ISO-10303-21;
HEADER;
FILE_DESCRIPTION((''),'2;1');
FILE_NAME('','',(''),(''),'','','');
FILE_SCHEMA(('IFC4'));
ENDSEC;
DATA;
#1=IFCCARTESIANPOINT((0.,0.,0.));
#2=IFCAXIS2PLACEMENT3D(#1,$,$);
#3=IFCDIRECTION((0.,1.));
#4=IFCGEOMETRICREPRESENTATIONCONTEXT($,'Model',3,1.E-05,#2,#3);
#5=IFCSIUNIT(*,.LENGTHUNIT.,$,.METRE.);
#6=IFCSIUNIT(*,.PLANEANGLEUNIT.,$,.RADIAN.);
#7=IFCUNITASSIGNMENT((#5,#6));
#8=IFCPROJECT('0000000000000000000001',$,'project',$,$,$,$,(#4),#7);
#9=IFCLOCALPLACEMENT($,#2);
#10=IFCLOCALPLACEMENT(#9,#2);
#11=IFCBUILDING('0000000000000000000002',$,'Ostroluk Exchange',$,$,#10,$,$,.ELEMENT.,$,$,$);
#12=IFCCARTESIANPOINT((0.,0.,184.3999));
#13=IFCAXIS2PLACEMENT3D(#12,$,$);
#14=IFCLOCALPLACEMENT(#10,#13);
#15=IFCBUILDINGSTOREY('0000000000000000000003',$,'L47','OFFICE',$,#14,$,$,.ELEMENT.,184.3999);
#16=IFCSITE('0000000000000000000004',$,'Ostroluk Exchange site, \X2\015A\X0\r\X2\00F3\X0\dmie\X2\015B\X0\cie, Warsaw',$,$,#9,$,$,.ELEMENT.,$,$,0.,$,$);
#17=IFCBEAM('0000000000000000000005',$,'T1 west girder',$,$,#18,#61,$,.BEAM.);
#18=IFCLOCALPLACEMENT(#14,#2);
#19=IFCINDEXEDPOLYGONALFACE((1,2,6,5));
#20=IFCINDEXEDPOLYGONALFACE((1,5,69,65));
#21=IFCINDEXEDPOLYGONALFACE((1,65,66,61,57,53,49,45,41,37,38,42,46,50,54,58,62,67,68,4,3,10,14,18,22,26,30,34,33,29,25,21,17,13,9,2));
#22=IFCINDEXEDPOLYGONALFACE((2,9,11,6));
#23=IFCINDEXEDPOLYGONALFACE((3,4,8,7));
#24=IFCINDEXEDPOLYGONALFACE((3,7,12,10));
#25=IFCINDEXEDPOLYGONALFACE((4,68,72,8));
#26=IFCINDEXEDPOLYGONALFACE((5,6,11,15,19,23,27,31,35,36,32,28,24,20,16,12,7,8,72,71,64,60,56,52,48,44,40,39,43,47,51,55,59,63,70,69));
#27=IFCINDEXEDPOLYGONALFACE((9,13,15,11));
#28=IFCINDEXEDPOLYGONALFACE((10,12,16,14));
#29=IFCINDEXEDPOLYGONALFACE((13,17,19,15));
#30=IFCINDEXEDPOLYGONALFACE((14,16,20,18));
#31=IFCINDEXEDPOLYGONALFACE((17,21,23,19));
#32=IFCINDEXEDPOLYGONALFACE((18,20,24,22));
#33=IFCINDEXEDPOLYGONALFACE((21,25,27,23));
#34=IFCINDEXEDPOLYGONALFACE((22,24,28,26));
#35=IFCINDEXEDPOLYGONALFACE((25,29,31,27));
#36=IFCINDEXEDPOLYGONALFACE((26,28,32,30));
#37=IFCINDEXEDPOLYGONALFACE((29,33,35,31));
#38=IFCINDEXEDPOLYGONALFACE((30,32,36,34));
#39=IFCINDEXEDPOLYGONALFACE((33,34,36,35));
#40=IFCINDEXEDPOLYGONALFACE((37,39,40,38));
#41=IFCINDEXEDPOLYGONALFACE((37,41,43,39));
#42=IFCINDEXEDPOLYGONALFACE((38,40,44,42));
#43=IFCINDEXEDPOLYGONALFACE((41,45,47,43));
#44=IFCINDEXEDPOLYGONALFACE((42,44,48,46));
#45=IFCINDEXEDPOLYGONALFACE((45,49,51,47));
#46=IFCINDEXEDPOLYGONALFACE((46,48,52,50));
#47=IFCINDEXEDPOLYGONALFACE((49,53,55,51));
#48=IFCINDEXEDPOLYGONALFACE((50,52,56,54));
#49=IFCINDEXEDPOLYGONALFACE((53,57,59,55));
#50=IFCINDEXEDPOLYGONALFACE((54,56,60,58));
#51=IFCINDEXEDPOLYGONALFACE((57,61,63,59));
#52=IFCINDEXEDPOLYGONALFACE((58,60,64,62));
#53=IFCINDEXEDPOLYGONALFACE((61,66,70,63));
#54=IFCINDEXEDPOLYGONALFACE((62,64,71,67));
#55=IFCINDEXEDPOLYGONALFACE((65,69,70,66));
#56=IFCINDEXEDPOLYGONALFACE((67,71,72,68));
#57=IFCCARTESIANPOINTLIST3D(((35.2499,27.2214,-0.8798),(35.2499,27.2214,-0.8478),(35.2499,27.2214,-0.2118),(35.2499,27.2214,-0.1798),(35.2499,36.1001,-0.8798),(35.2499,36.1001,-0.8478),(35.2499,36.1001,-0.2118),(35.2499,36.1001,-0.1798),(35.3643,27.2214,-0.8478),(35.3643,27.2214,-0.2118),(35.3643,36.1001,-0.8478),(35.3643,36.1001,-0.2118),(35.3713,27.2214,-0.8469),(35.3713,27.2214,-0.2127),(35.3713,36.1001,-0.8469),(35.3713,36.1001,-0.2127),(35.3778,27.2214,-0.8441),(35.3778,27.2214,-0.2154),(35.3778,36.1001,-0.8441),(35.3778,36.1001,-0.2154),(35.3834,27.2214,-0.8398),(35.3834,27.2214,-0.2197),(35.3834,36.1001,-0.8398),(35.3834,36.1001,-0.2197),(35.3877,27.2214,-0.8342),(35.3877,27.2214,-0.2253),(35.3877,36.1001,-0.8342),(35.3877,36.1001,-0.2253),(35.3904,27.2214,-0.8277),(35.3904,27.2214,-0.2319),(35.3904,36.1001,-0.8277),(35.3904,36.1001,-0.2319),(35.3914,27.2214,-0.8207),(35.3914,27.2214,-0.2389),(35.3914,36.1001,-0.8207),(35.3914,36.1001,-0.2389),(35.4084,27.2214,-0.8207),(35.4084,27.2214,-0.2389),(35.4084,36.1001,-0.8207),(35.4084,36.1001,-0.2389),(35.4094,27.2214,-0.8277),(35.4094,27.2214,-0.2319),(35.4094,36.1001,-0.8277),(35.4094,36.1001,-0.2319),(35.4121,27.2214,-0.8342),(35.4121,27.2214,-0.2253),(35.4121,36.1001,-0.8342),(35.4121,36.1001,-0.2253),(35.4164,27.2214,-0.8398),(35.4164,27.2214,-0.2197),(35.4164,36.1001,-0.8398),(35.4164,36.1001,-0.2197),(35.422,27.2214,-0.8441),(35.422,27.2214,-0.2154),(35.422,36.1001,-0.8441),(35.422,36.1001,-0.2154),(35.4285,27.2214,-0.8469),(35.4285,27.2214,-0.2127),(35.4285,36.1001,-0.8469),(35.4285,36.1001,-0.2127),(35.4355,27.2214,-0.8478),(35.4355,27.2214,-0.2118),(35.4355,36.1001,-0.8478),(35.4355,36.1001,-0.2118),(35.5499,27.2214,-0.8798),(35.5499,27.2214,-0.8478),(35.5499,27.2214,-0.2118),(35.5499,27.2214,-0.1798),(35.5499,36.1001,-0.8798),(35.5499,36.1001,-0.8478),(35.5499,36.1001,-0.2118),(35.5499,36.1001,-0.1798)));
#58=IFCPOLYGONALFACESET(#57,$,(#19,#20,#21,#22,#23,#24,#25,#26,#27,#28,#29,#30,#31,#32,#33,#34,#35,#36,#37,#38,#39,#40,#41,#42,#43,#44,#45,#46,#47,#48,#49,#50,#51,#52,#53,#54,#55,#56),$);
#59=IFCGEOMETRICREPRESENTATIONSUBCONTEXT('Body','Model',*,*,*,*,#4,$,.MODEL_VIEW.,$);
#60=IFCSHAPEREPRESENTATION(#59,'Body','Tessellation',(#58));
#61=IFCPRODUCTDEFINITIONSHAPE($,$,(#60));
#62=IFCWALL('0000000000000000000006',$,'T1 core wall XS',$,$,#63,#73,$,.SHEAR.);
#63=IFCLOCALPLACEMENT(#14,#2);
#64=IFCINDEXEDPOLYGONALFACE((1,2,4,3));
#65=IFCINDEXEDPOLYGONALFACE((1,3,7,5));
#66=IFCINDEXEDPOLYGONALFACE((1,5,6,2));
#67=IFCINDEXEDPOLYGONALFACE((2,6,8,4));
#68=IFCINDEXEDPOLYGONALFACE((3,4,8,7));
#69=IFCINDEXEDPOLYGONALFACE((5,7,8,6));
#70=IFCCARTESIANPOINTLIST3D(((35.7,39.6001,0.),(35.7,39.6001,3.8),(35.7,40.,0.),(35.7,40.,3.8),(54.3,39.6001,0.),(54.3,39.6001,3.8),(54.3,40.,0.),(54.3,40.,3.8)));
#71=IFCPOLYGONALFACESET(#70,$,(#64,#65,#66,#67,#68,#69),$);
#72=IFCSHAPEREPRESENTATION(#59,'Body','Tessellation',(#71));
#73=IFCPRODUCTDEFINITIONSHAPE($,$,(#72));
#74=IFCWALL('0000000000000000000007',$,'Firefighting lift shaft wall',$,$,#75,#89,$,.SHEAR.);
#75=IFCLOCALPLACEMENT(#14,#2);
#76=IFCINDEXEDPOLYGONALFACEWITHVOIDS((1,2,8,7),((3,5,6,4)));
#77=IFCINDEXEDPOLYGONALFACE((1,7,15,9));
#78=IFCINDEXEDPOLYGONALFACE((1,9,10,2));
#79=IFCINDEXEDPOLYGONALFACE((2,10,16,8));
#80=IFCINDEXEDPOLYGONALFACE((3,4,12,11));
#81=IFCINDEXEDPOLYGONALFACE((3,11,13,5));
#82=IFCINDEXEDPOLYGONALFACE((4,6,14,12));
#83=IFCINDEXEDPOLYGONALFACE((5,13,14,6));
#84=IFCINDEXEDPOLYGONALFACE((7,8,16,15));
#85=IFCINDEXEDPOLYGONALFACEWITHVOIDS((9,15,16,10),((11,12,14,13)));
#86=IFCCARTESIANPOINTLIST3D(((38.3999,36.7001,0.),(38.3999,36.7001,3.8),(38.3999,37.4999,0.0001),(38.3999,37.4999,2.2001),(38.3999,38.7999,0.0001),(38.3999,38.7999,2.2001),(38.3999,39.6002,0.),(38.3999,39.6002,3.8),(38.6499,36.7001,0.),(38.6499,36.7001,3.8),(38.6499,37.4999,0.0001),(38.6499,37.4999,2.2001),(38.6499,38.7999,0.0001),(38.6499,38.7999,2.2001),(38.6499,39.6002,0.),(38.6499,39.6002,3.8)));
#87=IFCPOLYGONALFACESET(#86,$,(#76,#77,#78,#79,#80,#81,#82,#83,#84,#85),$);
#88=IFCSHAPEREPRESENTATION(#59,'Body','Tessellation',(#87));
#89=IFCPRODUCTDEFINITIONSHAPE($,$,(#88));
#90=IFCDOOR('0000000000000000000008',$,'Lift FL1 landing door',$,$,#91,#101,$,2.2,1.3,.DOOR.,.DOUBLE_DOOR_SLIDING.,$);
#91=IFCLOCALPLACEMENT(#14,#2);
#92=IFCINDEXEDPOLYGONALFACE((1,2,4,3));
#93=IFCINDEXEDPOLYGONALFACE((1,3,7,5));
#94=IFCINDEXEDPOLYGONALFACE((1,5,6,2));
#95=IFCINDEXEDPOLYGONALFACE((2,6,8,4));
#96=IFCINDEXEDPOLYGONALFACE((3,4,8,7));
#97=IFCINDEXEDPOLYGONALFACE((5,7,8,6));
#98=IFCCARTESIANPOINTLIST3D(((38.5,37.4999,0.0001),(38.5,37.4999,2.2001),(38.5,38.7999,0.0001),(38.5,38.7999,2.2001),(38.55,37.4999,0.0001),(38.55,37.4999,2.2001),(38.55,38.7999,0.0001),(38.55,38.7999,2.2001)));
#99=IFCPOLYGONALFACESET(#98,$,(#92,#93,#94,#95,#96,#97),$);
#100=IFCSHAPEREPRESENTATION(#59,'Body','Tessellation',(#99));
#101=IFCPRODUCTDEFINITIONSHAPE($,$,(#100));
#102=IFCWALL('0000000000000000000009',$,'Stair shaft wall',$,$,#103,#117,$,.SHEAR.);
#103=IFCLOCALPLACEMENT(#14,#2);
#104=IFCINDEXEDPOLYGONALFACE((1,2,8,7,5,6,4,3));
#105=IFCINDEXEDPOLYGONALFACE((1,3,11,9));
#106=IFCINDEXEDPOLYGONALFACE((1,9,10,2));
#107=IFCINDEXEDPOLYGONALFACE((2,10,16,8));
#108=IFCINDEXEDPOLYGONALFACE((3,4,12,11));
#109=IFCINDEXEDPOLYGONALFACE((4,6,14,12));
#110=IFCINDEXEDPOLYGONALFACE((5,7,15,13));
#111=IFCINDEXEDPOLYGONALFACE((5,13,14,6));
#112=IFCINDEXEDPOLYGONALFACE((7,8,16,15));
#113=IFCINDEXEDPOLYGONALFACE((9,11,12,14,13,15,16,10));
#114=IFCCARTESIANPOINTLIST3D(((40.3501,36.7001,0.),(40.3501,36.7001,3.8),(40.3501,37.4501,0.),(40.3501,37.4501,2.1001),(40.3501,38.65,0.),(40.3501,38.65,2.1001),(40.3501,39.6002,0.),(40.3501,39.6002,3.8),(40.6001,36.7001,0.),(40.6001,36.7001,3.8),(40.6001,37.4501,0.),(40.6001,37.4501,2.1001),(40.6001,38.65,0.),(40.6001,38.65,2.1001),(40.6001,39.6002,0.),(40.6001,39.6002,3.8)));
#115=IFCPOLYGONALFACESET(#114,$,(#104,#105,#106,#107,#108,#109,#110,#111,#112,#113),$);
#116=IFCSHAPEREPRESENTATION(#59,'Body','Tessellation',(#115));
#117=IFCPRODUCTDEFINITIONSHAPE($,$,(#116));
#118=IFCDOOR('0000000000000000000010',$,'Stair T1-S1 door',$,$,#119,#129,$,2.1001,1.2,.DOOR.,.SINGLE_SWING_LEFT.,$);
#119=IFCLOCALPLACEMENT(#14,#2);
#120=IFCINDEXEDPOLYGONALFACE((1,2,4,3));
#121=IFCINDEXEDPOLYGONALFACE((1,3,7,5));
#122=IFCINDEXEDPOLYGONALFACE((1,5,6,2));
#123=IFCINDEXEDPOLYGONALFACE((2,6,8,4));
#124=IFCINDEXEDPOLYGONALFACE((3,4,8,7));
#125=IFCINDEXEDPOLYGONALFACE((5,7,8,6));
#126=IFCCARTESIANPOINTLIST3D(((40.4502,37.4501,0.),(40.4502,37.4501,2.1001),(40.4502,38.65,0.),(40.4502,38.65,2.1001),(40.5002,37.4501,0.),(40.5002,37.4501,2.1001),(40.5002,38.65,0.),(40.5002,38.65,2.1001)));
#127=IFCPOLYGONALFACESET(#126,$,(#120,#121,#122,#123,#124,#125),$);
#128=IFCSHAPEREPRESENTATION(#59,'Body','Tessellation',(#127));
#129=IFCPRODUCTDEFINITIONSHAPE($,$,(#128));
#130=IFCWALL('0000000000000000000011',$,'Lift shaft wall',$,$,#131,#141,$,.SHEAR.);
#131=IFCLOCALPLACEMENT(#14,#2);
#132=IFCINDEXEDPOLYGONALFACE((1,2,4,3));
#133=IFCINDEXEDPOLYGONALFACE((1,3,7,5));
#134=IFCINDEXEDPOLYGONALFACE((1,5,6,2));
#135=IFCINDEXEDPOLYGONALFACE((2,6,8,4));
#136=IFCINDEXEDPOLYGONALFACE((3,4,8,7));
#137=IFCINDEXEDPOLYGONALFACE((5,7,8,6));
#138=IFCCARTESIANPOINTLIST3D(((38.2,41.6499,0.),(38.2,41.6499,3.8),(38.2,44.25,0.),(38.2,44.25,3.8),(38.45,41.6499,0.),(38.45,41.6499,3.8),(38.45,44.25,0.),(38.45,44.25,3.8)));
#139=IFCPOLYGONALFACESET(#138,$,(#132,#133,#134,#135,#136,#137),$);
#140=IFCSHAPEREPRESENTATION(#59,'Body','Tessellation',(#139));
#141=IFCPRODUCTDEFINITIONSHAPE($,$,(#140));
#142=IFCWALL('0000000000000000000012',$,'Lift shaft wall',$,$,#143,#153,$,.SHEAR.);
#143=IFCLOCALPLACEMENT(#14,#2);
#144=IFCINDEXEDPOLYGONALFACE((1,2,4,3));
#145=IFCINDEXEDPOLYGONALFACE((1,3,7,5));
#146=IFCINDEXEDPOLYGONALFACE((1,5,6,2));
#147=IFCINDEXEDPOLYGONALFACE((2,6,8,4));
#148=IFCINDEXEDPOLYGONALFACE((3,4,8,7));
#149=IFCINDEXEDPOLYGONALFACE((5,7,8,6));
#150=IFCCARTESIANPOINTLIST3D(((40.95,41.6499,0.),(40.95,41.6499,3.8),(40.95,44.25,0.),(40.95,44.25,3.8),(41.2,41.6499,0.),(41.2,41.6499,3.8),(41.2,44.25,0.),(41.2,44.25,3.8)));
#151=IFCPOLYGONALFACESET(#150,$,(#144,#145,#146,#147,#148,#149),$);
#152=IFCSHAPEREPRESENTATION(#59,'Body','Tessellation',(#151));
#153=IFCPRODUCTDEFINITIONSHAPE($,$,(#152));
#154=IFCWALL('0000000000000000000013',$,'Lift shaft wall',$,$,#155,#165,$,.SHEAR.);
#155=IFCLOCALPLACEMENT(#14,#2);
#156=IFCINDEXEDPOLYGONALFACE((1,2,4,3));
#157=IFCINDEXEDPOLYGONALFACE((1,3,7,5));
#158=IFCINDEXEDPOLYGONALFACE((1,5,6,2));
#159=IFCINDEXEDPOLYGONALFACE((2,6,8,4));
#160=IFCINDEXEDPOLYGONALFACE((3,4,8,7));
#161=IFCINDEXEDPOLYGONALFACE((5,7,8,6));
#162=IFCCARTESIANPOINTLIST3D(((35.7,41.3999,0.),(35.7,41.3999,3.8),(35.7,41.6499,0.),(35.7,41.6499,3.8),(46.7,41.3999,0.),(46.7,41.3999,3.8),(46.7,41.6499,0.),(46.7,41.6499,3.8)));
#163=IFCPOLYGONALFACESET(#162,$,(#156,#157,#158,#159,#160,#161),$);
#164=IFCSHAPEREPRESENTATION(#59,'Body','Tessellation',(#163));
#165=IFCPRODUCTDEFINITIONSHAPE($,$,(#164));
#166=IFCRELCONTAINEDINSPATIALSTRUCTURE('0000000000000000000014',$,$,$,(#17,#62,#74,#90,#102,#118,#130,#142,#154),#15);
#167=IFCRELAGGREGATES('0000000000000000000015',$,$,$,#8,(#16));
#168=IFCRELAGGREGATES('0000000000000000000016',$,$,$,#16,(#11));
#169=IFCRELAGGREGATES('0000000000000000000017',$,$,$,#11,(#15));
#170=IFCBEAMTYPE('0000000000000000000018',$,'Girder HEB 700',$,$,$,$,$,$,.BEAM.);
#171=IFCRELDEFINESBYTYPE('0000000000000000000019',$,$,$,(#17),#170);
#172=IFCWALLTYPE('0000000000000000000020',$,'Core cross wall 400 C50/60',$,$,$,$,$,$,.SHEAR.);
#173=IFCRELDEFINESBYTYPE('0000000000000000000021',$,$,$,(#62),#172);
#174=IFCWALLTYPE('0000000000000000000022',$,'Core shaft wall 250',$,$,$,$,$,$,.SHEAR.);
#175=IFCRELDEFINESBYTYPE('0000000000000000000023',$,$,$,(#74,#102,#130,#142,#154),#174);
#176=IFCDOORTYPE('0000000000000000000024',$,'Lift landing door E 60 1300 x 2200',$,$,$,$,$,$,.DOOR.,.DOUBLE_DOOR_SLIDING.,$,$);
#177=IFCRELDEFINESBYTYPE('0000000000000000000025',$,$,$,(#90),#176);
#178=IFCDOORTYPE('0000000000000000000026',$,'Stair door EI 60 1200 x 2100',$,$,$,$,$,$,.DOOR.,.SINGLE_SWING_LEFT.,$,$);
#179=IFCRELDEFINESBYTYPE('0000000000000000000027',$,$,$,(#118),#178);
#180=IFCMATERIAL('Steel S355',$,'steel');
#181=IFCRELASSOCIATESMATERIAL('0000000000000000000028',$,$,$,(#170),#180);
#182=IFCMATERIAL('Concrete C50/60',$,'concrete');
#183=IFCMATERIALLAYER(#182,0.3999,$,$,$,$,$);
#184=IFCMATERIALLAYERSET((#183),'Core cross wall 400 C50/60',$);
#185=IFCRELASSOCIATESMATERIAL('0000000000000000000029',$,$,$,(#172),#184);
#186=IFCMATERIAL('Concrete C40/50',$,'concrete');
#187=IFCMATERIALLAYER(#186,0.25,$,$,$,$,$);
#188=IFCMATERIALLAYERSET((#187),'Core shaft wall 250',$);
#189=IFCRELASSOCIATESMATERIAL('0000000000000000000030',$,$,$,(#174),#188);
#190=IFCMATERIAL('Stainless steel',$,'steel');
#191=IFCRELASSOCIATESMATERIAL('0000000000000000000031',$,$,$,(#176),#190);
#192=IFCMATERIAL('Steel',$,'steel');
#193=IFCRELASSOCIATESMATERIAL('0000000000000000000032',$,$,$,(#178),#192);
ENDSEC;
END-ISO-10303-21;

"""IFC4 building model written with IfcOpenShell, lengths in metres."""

from ifc_helpers import new_model, si_unit, direction, frame, frame_2d, origin, origin_2d, place, context, subcontext, project, spatial, rectangle, i_section, extrude, material, layer, layer_set, material_profile, profile_set, type_object, element, fill, save


model = new_model("IFC4")

# Units and contexts
model_context = context("Model", 3, precision=1e-05, world=origin(), true_north=direction((0.0, 1.0)))
body_context = subcontext(model_context, "Body", "Model", "MODEL_VIEW")
ifc_project = project(units=[si_unit("LENGTHUNIT", "METRE"), si_unit("PLANEANGLEUNIT", "RADIAN")], contexts=[model_context])

# Site, building, storey
site_placement = place(None, origin())
site = spatial("IfcSite", under=ifc_project, at=site_placement, Name="Ostroluk Exchange site, Śródmieście, Warsaw", CompositionType="ELEMENT", RefElevation=0.0)
building_placement = place(site_placement, origin())
building = spatial("IfcBuilding", under=site, at=building_placement, Name="Ostroluk Exchange", CompositionType="ELEMENT")
storey_placement = place(building_placement, frame((0.0, 0.0, 184.3999)))
storey = spatial("IfcBuildingStorey", under=building, at=storey_placement, Name="L47", Description="OFFICE", CompositionType="ELEMENT", Elevation=184.3999)

# Beam
ifc_material_1 = material(Name="Steel S355", Category="steel")
ifc_material_profile_1 = material_profile(ifc_material_1, i_section(OverallWidth=0.3, OverallDepth=0.7, WebThickness=0.0171, FlangeThickness=0.032, FilletRadius=0.0271, at=origin_2d()), Name="HEB 700")
ifc_profile_set_1 = profile_set([ifc_material_profile_1], Name="Steel S355")
beam_type_1 = type_object("IfcBeamType", Name="Girder HEB 700", PredefinedType="BEAM", material=ifc_profile_set_1)
beam_1_placement = place(storey_placement, frame((35.3999, 36.1001, -0.5298), z_axis=(0.0, -1.0, 0.0), x_axis=(1.0, 0.0, 0.0)))
element("IfcBeam", 1, at=beam_1_placement, inside=storey, type_object=beam_type_1, Name="T1 west girder", PredefinedType="BEAM", context=body_context, shape_type="SweptSolid", body=[
    extrude(i_section(OverallWidth=0.3, OverallDepth=0.7, WebThickness=0.0171, FlangeThickness=0.032, FilletRadius=0.0271, at=origin_2d()), origin(), (0.0, 0.0, 1.0), 8.8787),
])

# Wall
ifc_material_2 = material(Name="Concrete C50/60", Category="concrete")
ifc_layer_1 = layer(ifc_material_2, 0.3999)
ifc_layer_set_1 = layer_set([ifc_layer_1], Name="Core cross wall 400 C50/60")
wall_type_1 = type_object("IfcWallType", Name="Core cross wall 400 C50/60", PredefinedType="SHEAR", material=ifc_layer_set_1)
wall_1_placement = place(storey_placement, frame((35.7, 39.8, 0.0), z_axis=(0.0, 0.0, 1.0), x_axis=(1.0, 0.0, 0.0)))
element("IfcWall", 2, at=wall_1_placement, inside=storey, type_object=wall_type_1, Name="T1 core wall XS", PredefinedType="SHEAR", context=body_context, shape_type="SweptSolid", body=[
    extrude(rectangle(XDim=18.6001, YDim=0.3999, at=frame_2d((9.3, 0.0))), origin(), (0.0, 0.0, 1.0), 3.8),
])

# Walls, openings, doors
ifc_material_3 = material(Name="Concrete C40/50", Category="concrete")
ifc_layer_2 = layer(ifc_material_3, 0.25)
ifc_layer_set_2 = layer_set([ifc_layer_2], Name="Core shaft wall 250")
wall_type_2 = type_object("IfcWallType", Name="Core shaft wall 250", PredefinedType="SHEAR", material=ifc_layer_set_2)
wall_2_placement = place(storey_placement, frame((38.5249, 36.7, 0.0), z_axis=(0.0, 0.0, 1.0), x_axis=(0.0, 1.0, 0.0)))
wall_2 = element("IfcWall", 3, at=wall_2_placement, inside=storey, type_object=wall_type_2, Name="Firefighting lift shaft wall", PredefinedType="SHEAR", context=body_context, shape_type="SweptSolid", body=[
    extrude(rectangle(XDim=2.9001, YDim=0.25, at=frame_2d((1.4502, 0.0))), origin(), (0.0, 0.0, 1.0), 3.8),
])
opening_1_placement = place(wall_2_placement, frame((0.8, 0.0, 0.0)))
opening_1 = element("IfcOpeningElement", 4, at=opening_1_placement, cuts=wall_2, PredefinedType="OPENING", context=body_context, shape_type="SweptSolid", body=[
    extrude(rectangle(XDim=1.3, YDim=2.2, at=frame_2d((0.6499, 1.1001))), frame((0.0, 0.135, 0.0), z_axis=(0.0, -1.0, 0.0), x_axis=(1.0, 0.0, 0.0)), (0.0, 0.0, 1.0), 0.27),
])
ifc_material_4 = material(Name="Stainless steel", Category="steel")
door_type_1 = type_object("IfcDoorType", Name="Lift landing door E 60 1300 x 2200", OperationType="DOUBLE_DOOR_SLIDING", PredefinedType="DOOR", material=ifc_material_4)
door_1_placement = place(opening_1_placement, origin())
door_1 = element("IfcDoor", 5, at=door_1_placement, inside=storey, type_object=door_type_1, Name="Lift FL1 landing door", OperationType="DOUBLE_DOOR_SLIDING", OverallHeight=2.2, OverallWidth=1.3, PredefinedType="DOOR", context=body_context, shape_type="SweptSolid", body=[
    extrude(rectangle(XDim=1.3, YDim=2.2, at=frame_2d((0.6499, 1.1001))), frame((0.0, 0.0249, 0.0), z_axis=(0.0, -1.0, 0.0), x_axis=(1.0, 0.0, 0.0)), (0.0, 0.0, 1.0), 0.05),
])
fill(opening_1, door_1)
wall_3_placement = place(storey_placement, frame((40.4751, 36.7, 0.0), z_axis=(0.0, 0.0, 1.0), x_axis=(0.0, 1.0, 0.0)))
wall_3 = element("IfcWall", 6, at=wall_3_placement, inside=storey, type_object=wall_type_2, Name="Stair shaft wall", PredefinedType="SHEAR", context=body_context, shape_type="SweptSolid", body=[
    extrude(rectangle(XDim=2.9001, YDim=0.25, at=frame_2d((1.4502, 0.0))), origin(), (0.0, 0.0, 1.0), 3.8),
])
opening_2_placement = place(wall_3_placement, frame((0.75, 0.0, 0.0)))
opening_2 = element("IfcOpeningElement", 7, at=opening_2_placement, cuts=wall_3, PredefinedType="OPENING", context=body_context, shape_type="SweptSolid", body=[
    extrude(rectangle(XDim=1.2, YDim=2.1001, at=frame_2d((0.6001, 1.05))), frame((0.0, 0.135, 0.0), z_axis=(0.0, -1.0, 0.0), x_axis=(1.0, 0.0, 0.0)), (0.0, 0.0, 1.0), 0.27),
])
ifc_material_5 = material(Name="Steel", Category="steel")
door_type_2 = type_object("IfcDoorType", Name="Stair door EI 60 1200 x 2100", OperationType="SINGLE_SWING_LEFT", PredefinedType="DOOR", material=ifc_material_5)
door_2_placement = place(opening_2_placement, origin())
door_2 = element("IfcDoor", 8, at=door_2_placement, inside=storey, type_object=door_type_2, Name="Stair T1-S1 door", OperationType="SINGLE_SWING_LEFT", OverallHeight=2.1001, OverallWidth=1.2, PredefinedType="DOOR", context=body_context, shape_type="SweptSolid", body=[
    extrude(rectangle(XDim=1.2, YDim=2.1001, at=frame_2d((0.6001, 1.05))), frame((0.0, 0.0249, 0.0), z_axis=(0.0, -1.0, 0.0), x_axis=(1.0, 0.0, 0.0)), (0.0, 0.0, 1.0), 0.05),
])
fill(opening_2, door_2)

# Walls
for number, where, z_axis, x_axis, name in (
    (9, (38.325, 44.25, 0.0), (0.0, 0.0, 1.0), (0.0, -1.0, 0.0), "Lift shaft wall"),
    (10, (41.075, 44.25, 0.0), (0.0, 0.0, 1.0), (0.0, -1.0, 0.0), "Lift shaft wall"),
):
    element("IfcWall", number, at=place(storey_placement, frame(where, z_axis=z_axis, x_axis=x_axis)), inside=storey, type_object=wall_type_2, Name=name, PredefinedType="SHEAR", context=body_context, shape_type="SweptSolid", body=[
        extrude(rectangle(XDim=2.6001, YDim=0.25, at=frame_2d((1.3, 0.0))), origin(), (0.0, 0.0, 1.0), 3.8),
    ])
wall_4_placement = place(storey_placement, frame((35.7, 41.5249, 0.0), z_axis=(0.0, 0.0, 1.0), x_axis=(1.0, 0.0, 0.0)))
element("IfcWall", 11, at=wall_4_placement, inside=storey, type_object=wall_type_2, Name="Lift shaft wall", PredefinedType="SHEAR", context=body_context, shape_type="SweptSolid", body=[
    extrude(rectangle(XDim=11.0, YDim=0.25, at=frame_2d((5.5, 0.0))), origin(), (0.0, 0.0, 1.0), 3.8),
])

save(model, "model.ifc")
